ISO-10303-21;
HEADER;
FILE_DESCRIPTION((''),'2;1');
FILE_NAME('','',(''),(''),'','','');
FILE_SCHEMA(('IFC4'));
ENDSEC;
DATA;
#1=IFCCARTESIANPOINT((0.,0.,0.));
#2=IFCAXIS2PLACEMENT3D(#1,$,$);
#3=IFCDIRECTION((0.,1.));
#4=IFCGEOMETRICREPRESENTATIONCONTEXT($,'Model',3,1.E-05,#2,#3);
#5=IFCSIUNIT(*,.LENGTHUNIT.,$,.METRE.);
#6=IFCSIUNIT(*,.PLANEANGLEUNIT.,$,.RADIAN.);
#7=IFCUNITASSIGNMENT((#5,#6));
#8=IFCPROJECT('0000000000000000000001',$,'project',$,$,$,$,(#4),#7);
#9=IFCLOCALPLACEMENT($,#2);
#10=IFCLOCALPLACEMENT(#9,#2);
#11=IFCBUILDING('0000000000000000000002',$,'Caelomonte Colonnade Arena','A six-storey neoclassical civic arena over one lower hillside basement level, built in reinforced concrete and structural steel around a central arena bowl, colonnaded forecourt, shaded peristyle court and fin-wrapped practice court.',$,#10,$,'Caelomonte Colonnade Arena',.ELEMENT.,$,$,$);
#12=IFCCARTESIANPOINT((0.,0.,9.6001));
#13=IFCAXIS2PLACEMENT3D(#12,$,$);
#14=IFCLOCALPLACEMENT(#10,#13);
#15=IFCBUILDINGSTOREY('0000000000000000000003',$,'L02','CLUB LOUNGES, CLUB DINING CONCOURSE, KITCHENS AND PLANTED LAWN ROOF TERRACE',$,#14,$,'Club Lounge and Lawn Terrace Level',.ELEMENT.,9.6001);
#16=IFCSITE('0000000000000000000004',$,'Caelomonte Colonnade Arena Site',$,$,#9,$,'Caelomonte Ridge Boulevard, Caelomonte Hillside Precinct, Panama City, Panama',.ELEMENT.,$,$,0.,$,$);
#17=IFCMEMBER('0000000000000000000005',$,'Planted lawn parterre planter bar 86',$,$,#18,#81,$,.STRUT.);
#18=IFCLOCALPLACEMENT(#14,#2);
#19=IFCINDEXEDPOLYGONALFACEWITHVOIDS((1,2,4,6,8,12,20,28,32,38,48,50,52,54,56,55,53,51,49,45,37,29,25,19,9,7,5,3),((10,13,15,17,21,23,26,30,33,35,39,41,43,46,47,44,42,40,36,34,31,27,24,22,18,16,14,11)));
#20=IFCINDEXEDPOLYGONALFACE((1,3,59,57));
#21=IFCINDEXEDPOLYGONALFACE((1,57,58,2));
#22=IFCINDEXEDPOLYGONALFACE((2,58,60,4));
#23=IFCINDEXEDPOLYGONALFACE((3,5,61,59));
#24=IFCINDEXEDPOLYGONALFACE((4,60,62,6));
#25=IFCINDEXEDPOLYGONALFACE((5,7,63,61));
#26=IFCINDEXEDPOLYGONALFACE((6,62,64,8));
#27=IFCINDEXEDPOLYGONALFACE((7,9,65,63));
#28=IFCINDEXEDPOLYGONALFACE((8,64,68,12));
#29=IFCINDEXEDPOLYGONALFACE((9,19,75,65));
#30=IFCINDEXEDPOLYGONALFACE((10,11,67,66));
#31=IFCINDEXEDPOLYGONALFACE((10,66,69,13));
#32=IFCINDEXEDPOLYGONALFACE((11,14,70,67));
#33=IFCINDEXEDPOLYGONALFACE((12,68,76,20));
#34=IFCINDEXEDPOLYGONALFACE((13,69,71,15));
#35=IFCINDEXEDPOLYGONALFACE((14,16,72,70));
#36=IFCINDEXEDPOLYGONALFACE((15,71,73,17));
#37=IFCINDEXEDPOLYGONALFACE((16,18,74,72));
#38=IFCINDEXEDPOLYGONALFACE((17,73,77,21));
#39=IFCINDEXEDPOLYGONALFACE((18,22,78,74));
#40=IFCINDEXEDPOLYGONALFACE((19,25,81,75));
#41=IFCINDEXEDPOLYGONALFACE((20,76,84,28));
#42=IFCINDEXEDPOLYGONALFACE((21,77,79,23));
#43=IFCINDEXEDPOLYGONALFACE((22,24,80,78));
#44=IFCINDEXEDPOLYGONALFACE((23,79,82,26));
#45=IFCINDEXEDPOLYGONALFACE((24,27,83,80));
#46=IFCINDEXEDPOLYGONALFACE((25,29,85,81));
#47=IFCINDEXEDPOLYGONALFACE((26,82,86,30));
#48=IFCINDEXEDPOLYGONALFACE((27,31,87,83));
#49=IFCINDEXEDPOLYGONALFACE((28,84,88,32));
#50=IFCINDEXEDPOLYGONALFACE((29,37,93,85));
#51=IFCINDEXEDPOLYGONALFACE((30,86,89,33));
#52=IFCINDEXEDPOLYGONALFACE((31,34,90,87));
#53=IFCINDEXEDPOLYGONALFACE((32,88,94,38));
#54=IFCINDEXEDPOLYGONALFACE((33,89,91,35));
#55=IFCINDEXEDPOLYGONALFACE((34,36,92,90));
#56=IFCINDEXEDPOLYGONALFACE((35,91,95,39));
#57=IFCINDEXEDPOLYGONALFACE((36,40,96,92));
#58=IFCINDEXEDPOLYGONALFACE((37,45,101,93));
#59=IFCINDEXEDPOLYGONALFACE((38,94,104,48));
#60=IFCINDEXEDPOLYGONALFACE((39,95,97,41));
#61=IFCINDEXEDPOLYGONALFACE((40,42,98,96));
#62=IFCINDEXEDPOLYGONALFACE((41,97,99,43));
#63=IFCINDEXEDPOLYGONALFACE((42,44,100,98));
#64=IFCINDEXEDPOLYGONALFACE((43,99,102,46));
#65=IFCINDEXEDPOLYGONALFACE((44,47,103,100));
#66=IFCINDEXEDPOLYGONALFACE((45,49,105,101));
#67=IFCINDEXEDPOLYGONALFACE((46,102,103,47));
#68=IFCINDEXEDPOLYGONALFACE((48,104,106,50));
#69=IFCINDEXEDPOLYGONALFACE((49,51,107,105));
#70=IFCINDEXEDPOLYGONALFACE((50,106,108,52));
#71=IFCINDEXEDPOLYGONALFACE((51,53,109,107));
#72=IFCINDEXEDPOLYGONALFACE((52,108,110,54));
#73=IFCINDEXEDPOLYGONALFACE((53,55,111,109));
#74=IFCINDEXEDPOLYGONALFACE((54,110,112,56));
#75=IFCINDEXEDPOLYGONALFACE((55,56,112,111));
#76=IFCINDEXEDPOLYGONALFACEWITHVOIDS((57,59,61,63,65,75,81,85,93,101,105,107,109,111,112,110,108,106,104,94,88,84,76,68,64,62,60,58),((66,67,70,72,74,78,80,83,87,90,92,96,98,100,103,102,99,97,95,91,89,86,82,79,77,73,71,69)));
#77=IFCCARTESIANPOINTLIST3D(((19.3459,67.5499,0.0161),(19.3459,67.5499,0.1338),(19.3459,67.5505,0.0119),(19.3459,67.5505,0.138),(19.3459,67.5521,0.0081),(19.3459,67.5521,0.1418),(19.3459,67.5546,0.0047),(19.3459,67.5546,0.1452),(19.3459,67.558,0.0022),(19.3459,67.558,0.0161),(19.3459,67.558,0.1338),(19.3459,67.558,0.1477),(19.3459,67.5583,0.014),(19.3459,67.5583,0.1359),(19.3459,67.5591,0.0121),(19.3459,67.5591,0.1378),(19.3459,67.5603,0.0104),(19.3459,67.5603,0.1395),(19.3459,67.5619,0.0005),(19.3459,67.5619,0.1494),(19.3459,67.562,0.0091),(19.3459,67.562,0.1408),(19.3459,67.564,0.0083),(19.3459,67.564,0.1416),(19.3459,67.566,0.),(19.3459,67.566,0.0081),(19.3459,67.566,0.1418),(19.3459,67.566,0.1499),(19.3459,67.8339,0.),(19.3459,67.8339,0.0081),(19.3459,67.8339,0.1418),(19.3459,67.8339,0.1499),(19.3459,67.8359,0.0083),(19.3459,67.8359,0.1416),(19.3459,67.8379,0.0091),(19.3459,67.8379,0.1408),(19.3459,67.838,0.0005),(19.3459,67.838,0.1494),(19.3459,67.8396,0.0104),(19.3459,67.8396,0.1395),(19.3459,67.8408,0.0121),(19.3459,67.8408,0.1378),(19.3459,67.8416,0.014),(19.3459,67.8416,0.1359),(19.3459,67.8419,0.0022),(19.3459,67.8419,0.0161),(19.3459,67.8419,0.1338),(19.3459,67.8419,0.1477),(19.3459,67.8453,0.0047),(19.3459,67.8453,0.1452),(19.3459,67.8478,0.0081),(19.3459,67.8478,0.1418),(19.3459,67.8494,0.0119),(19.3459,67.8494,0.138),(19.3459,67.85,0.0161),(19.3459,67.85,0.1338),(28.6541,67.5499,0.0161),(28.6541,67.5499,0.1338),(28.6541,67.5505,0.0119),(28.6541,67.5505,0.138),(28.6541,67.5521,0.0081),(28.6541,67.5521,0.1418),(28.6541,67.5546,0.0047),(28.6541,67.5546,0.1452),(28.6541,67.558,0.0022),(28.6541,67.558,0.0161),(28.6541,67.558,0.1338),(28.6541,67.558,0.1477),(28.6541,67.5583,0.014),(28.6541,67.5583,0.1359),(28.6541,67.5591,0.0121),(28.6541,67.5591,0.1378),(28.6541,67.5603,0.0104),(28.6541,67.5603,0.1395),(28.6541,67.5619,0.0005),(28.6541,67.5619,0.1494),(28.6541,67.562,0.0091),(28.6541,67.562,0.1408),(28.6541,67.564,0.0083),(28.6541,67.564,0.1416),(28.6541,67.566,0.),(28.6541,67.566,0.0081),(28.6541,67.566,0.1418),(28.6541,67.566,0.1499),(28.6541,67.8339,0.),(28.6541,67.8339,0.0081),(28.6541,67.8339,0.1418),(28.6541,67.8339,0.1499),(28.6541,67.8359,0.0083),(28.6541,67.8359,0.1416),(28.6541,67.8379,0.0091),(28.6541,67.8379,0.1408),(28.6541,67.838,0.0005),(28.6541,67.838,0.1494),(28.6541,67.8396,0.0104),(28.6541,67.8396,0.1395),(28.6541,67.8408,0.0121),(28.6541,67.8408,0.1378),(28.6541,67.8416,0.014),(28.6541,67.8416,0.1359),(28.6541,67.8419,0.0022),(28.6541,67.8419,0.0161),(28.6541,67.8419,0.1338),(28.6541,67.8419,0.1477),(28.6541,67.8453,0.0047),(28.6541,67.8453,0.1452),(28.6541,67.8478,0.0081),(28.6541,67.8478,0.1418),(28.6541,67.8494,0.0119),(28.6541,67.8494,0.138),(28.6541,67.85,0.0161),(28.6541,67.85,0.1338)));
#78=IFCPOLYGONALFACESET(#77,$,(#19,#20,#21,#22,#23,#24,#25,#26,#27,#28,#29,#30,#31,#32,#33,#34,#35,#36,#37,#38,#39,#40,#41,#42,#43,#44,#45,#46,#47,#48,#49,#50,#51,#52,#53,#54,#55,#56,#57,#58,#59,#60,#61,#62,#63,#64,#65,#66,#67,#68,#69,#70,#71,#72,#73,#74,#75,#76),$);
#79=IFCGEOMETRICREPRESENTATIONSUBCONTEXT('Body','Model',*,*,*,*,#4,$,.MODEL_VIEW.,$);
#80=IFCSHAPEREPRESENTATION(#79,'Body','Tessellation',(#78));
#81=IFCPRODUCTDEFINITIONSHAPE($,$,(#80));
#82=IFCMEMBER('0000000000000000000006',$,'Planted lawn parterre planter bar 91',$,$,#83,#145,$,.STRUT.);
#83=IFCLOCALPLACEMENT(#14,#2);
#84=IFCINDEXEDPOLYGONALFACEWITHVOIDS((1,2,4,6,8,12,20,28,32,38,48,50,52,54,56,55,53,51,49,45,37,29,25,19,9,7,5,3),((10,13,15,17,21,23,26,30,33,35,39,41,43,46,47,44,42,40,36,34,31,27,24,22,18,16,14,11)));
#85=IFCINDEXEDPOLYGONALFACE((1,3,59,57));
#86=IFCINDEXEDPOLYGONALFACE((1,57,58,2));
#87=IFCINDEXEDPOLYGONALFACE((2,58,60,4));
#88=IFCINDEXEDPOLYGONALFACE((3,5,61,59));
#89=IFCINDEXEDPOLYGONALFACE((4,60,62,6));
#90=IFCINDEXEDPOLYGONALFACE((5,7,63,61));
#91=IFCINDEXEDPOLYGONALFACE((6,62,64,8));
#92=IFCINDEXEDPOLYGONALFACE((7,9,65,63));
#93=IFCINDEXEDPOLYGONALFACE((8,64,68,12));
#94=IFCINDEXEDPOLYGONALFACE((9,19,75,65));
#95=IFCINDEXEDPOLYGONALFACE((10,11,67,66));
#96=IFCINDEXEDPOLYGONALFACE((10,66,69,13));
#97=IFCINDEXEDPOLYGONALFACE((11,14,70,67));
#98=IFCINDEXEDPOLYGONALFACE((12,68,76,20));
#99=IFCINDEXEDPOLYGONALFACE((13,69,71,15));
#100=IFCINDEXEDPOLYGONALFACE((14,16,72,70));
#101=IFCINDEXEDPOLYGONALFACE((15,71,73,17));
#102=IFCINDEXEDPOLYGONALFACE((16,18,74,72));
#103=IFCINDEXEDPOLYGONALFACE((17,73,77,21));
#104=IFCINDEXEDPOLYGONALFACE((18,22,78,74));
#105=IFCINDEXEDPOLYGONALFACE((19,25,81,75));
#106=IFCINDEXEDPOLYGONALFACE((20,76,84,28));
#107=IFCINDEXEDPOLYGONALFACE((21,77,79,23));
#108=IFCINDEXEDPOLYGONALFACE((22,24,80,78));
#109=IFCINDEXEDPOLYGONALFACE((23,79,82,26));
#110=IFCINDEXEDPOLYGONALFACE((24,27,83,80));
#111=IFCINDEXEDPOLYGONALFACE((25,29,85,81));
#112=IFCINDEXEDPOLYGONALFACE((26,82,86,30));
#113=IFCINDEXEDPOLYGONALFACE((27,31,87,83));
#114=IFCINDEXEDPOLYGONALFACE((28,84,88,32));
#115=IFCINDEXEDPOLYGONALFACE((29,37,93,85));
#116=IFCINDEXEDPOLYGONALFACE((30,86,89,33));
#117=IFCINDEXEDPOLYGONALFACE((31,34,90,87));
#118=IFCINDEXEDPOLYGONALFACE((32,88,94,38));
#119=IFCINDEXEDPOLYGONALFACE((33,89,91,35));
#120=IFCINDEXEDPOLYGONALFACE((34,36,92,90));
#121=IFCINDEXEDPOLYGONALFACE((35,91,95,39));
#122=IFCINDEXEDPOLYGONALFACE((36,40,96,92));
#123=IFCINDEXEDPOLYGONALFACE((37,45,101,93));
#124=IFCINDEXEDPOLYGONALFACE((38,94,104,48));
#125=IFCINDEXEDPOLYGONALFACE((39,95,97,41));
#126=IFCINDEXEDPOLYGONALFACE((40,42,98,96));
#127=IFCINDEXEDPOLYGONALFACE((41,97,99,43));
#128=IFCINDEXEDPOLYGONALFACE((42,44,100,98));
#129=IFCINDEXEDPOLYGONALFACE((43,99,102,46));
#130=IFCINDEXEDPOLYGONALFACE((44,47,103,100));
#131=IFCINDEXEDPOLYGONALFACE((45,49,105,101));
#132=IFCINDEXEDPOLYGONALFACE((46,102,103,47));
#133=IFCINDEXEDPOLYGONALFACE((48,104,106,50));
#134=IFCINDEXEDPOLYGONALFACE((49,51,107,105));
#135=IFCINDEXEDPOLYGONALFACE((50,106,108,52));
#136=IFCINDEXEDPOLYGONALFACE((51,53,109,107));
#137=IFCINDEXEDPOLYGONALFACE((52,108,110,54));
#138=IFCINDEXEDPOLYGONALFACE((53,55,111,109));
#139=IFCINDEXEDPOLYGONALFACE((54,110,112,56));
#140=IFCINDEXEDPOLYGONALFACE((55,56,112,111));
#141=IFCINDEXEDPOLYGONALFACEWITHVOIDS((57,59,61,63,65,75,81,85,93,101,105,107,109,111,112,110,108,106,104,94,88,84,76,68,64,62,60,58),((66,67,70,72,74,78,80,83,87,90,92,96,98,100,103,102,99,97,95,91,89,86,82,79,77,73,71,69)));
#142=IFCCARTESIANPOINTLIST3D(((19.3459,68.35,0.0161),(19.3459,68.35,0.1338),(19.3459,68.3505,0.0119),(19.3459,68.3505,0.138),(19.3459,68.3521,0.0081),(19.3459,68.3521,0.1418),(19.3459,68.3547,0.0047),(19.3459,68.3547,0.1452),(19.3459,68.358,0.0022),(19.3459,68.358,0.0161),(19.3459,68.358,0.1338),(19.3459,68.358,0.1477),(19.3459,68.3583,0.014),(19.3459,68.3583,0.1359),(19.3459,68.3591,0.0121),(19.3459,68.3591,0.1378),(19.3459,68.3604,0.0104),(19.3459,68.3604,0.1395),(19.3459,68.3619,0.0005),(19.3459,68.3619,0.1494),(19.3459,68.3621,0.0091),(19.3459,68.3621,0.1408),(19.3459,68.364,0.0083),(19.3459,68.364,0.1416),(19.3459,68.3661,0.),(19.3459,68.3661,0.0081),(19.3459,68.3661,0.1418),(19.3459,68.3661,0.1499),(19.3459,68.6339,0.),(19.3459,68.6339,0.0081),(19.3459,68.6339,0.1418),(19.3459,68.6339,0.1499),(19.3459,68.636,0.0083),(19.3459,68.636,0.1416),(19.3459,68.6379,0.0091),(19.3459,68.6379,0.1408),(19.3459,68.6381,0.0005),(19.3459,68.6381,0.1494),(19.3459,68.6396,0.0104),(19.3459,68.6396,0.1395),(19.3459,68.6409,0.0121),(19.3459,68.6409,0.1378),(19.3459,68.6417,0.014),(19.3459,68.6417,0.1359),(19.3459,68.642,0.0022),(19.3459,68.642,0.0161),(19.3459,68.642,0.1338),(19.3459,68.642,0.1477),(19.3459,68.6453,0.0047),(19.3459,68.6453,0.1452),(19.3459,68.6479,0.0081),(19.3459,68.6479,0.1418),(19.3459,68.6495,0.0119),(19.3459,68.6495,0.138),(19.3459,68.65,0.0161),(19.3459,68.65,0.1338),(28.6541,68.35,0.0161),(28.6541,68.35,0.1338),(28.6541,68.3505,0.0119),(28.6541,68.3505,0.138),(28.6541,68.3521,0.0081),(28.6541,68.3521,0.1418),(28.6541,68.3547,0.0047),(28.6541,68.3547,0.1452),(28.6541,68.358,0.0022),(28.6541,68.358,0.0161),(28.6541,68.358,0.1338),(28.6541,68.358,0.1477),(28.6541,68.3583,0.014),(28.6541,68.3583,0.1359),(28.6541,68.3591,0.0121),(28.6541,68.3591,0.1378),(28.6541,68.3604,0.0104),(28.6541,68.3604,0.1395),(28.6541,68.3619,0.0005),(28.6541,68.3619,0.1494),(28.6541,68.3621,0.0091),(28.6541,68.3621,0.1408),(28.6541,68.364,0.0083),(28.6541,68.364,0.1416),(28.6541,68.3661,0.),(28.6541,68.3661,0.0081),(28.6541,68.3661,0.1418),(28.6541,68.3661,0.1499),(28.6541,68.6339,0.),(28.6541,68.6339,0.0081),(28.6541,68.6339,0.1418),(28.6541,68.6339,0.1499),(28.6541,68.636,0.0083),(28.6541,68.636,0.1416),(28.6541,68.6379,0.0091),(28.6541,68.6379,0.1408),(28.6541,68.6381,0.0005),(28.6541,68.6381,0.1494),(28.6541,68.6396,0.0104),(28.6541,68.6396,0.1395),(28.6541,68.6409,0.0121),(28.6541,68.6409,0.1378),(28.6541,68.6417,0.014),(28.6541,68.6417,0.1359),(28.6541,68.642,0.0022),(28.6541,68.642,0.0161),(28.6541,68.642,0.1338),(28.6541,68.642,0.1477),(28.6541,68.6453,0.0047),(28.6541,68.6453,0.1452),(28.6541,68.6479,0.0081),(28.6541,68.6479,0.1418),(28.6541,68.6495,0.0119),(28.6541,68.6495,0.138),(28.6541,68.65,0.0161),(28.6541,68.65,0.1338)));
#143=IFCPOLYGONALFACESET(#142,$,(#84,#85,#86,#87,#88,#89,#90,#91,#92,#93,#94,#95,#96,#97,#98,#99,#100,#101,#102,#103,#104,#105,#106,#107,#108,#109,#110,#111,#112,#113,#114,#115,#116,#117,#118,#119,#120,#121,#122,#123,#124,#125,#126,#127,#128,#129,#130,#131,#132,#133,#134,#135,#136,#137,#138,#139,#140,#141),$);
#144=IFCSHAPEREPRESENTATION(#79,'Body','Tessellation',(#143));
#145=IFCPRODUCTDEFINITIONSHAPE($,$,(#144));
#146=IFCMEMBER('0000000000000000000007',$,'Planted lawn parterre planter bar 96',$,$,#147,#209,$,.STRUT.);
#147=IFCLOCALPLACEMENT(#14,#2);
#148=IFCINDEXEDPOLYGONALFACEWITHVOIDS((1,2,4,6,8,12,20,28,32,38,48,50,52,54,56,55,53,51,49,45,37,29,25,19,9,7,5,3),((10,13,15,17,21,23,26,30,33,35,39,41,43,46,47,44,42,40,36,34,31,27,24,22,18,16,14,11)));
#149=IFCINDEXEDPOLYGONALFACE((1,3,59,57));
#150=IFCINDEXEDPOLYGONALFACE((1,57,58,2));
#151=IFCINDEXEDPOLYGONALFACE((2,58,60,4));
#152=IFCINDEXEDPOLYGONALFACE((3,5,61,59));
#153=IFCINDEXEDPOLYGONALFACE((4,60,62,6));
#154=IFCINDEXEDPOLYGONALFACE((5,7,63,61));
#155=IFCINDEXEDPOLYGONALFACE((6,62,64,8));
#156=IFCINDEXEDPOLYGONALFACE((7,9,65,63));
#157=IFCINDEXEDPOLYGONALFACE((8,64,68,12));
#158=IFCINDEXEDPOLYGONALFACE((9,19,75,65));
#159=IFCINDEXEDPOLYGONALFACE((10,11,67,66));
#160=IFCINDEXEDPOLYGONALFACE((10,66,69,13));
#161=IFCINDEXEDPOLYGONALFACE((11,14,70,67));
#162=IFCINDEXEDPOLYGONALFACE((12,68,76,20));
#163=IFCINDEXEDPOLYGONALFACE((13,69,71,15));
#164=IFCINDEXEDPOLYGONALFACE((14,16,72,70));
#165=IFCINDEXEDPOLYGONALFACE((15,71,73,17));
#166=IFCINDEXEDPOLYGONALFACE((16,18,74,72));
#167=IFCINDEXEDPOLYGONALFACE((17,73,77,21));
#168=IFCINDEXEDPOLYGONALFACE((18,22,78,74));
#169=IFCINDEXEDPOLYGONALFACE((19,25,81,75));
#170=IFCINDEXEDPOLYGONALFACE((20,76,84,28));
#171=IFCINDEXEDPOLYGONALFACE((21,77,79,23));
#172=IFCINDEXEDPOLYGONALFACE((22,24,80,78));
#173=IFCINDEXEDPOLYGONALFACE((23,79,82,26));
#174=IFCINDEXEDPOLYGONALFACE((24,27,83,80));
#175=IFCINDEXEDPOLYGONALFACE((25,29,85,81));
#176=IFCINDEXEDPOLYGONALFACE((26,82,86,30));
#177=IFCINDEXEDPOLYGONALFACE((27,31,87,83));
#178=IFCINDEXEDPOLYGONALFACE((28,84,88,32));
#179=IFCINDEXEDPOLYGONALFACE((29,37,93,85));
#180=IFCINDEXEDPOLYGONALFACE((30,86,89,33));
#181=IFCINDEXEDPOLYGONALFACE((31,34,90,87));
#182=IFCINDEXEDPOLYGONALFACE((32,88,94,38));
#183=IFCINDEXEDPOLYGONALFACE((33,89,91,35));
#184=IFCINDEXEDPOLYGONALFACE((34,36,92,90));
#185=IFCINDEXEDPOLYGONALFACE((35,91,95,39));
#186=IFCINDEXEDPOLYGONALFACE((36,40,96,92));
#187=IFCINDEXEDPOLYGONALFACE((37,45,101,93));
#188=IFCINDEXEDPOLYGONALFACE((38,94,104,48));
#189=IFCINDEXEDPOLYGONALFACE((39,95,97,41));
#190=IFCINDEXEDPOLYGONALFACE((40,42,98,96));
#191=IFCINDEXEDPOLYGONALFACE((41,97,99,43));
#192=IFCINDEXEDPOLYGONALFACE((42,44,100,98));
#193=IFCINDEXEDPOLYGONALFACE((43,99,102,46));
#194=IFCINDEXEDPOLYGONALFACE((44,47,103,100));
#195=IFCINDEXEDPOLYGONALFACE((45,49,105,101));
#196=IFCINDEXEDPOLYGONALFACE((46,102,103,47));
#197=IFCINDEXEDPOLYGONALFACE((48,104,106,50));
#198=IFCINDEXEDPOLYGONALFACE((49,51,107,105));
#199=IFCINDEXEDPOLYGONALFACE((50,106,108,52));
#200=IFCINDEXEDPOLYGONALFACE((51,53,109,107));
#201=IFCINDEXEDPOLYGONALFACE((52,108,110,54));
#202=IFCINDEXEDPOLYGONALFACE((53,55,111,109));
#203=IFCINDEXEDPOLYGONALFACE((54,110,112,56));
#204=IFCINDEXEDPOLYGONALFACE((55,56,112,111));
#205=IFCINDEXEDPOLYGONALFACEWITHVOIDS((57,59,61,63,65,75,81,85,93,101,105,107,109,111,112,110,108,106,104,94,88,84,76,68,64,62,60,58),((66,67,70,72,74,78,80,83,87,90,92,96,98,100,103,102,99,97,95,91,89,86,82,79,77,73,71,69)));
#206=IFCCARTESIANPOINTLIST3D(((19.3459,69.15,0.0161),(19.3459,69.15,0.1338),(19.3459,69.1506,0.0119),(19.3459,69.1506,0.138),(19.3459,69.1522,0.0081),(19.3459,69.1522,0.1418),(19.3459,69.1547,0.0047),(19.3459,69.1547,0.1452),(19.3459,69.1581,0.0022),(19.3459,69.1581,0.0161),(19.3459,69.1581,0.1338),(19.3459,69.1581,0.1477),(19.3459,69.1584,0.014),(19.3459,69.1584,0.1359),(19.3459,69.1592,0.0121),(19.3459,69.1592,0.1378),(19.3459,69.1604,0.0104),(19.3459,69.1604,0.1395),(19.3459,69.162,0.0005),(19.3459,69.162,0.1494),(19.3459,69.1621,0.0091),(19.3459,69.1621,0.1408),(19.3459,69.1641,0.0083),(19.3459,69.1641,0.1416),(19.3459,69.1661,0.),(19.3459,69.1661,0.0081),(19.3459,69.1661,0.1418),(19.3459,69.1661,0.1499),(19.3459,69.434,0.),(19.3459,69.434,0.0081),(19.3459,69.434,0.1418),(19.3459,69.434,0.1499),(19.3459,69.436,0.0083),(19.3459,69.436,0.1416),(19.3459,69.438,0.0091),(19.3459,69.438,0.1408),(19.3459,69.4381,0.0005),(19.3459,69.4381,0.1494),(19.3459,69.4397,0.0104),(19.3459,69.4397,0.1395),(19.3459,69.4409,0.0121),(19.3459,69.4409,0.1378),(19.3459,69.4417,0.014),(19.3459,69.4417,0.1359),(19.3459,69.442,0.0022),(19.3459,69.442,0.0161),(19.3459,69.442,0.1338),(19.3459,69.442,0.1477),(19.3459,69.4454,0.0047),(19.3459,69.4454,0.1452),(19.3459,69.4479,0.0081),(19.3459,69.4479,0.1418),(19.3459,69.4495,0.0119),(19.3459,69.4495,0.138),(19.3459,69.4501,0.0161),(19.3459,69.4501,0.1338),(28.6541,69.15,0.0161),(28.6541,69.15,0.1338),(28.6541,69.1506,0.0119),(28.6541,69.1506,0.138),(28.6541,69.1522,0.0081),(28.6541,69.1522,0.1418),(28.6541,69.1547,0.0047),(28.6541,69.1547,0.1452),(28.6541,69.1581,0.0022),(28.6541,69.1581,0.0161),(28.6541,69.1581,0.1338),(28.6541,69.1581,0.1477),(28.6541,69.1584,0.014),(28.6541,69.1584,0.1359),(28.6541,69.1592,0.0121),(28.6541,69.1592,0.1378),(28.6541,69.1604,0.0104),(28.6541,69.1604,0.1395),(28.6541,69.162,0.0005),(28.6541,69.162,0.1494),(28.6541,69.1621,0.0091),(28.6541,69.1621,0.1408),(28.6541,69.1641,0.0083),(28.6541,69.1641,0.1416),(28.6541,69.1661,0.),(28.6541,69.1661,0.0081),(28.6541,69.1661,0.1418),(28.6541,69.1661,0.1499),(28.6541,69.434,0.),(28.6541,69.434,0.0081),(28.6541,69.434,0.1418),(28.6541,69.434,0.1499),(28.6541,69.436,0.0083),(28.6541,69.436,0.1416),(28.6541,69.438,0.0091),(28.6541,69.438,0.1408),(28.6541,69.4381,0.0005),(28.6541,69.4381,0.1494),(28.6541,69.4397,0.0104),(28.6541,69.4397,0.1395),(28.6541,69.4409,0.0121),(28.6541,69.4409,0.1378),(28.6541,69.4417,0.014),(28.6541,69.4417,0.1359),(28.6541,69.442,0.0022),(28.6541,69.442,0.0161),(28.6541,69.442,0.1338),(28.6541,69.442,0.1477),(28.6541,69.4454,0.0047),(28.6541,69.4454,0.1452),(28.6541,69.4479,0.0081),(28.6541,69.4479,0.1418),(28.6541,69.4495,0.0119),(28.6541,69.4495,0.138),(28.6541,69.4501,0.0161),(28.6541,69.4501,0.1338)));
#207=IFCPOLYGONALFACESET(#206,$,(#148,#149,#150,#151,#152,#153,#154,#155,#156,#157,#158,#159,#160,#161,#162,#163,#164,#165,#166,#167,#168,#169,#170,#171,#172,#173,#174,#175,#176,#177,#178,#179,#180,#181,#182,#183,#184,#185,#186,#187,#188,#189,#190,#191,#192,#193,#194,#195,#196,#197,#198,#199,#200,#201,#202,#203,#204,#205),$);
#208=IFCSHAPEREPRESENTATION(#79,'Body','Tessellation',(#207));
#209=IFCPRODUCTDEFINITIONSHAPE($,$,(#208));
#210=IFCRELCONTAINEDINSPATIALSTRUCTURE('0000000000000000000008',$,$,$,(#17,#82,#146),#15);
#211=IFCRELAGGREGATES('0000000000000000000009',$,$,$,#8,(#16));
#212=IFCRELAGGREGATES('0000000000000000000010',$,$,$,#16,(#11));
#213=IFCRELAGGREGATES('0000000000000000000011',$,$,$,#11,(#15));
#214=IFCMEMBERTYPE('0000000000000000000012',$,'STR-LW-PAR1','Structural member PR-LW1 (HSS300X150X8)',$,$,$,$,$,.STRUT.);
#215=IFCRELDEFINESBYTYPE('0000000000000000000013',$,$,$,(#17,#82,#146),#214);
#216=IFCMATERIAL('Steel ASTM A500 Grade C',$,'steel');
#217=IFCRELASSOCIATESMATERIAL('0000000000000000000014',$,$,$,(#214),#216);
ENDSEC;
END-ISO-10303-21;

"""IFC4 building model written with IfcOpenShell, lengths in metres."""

from ifc_helpers import new_model, si_unit, direction, frame, origin, origin_2d, place, context, subcontext, project, spatial, hollow_rectangle, extrude, material, material_profile, profile_set, type_object, element, save


model = new_model("IFC4")

# Units and contexts
model_context = context("Model", 3, precision=1e-05, world=origin(), true_north=direction((0.0, 1.0)))
body_context = subcontext(model_context, "Body", "Model", "MODEL_VIEW")
ifc_project = project(units=[si_unit("LENGTHUNIT", "METRE"), si_unit("PLANEANGLEUNIT", "RADIAN")], contexts=[model_context])

# Site, building, storey
site_placement = place(None, origin())
site = spatial("IfcSite", under=ifc_project, at=site_placement, Name="Caelomonte Colonnade Arena Site", LongName="Caelomonte Ridge Boulevard, Caelomonte Hillside Precinct, Panama City, Panama", CompositionType="ELEMENT", RefElevation=0.0)
building_placement = place(site_placement, origin())
building = spatial("IfcBuilding", under=site, at=building_placement, Name="Caelomonte Colonnade Arena", Description="A six-storey neoclassical civic arena over one lower hillside basement level, built in reinforced concrete and structural steel around a central arena bowl, colonnaded forecourt, shaded peristyle court and fin-wrapped practice court.", LongName="Caelomonte Colonnade Arena", CompositionType="ELEMENT")
storey_placement = place(building_placement, frame((0.0, 0.0, 9.6001)))
storey = spatial("IfcBuildingStorey", under=building, at=storey_placement, Name="L02", Description="CLUB LOUNGES, CLUB DINING CONCOURSE, KITCHENS AND PLANTED LAWN ROOF TERRACE", LongName="Club Lounge and Lawn Terrace Level", CompositionType="ELEMENT", Elevation=9.6001)

# Members
ifc_material_1 = material(Name="Steel ASTM A500 Grade C", Category="steel")
ifc_material_profile_1 = material_profile(ifc_material_1, hollow_rectangle(XDim=0.3, YDim=0.1499, WallThickness=0.0081, InnerFilletRadius=0.0081, OuterFilletRadius=0.0161, at=origin_2d()), Name="HSS300X150X8")
ifc_profile_set_1 = profile_set([ifc_material_profile_1], Name="Steel ASTM A500 Grade C")
member_type = type_object("IfcMemberType", Name="STR-LW-PAR1", Description="Structural member PR-LW1 (HSS300X150X8)", PredefinedType="STRUT", material=ifc_profile_set_1)
for number, where, z_axis, x_axis, name in (
    (1, (19.3459, 67.7, 0.075), (1.0, 0.0, 0.0), (0.0, 1.0, 0.0), "Planted lawn parterre planter bar 86"),
    (2, (19.3459, 68.5, 0.075), (1.0, 0.0, 0.0), (0.0, 1.0, 0.0), "Planted lawn parterre planter bar 91"),
    (3, (19.3459, 69.3, 0.075), (1.0, 0.0, 0.0), (0.0, 1.0, 0.0), "Planted lawn parterre planter bar 96"),
):
    element("IfcMember", number, at=place(storey_placement, frame(where, z_axis=z_axis, x_axis=x_axis)), inside=storey, type_object=member_type, Name=name, PredefinedType="STRUT", context=body_context, shape_type="SweptSolid", body=[
        extrude(hollow_rectangle(XDim=0.3, YDim=0.1499, WallThickness=0.0081, InnerFilletRadius=0.0081, OuterFilletRadius=0.0161, at=origin_2d()), origin(), (0.0, 0.0, 1.0), 9.3081),
    ])

save(model, "model.ifc")
